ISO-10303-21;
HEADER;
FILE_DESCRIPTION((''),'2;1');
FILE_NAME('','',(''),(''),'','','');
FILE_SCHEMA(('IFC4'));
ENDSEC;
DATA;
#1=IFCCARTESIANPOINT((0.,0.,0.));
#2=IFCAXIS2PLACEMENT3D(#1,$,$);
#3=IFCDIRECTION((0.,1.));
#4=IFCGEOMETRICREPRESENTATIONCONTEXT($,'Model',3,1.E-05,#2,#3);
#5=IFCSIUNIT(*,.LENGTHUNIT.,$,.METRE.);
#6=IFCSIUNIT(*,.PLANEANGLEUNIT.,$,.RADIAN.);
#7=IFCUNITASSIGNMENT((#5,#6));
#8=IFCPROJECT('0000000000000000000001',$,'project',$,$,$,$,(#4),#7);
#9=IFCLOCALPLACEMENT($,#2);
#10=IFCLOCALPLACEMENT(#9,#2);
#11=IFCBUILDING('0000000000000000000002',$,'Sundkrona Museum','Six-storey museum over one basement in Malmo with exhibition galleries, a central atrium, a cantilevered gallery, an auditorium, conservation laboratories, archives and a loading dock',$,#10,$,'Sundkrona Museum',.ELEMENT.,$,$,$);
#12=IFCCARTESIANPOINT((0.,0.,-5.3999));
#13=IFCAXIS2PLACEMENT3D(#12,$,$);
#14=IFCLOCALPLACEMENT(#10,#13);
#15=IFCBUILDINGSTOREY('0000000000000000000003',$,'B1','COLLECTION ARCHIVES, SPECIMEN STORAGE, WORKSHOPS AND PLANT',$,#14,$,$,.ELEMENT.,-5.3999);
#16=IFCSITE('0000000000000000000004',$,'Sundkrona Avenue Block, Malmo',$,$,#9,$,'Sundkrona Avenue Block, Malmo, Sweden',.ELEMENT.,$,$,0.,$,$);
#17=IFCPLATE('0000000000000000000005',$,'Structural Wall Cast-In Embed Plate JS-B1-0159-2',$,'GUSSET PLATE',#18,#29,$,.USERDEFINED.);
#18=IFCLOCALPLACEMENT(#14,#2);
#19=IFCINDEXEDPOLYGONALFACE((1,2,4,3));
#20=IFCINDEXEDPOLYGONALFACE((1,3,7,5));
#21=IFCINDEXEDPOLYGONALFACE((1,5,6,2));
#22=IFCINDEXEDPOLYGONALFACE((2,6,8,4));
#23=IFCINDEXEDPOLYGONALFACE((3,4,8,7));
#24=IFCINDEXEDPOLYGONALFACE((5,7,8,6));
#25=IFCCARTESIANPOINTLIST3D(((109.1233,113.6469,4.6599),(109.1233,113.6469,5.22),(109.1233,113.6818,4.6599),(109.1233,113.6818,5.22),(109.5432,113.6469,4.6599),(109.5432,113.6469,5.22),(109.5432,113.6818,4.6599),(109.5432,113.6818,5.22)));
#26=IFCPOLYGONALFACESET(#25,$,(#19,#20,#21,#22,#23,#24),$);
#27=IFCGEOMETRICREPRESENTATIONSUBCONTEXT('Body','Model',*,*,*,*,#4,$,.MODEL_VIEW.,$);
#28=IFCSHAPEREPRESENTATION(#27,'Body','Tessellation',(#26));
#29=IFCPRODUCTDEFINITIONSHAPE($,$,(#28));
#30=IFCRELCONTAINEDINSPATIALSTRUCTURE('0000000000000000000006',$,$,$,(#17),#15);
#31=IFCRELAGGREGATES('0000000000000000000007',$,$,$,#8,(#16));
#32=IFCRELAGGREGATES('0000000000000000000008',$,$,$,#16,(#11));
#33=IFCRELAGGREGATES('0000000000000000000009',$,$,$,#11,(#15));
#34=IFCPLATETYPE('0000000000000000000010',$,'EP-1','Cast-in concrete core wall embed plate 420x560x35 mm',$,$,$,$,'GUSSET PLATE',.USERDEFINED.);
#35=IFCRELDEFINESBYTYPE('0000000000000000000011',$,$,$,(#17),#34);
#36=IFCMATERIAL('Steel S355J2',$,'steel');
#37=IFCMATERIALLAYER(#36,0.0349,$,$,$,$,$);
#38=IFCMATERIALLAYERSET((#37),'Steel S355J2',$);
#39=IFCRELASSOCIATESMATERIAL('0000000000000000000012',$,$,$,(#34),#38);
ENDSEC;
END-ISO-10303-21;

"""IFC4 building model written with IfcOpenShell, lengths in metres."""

from ifc_helpers import new_model, si_unit, direction, frame, origin, origin_2d, place, context, subcontext, project, spatial, rectangle, extrude, material, layer, layer_set, type_object, element, save


model = new_model("IFC4")

# Units and contexts
model_context = context("Model", 3, precision=1e-05, world=origin(), true_north=direction((0.0, 1.0)))
body_context = subcontext(model_context, "Body", "Model", "MODEL_VIEW")
ifc_project = project(units=[si_unit("LENGTHUNIT", "METRE"), si_unit("PLANEANGLEUNIT", "RADIAN")], contexts=[model_context])

# Site, building, storey
site_placement = place(None, origin())
site = spatial("IfcSite", under=ifc_project, at=site_placement, Name="Sundkrona Avenue Block, Malmo", LongName="Sundkrona Avenue Block, Malmo, Sweden", CompositionType="ELEMENT", RefElevation=0.0)
building_placement = place(site_placement, origin())
building = spatial("IfcBuilding", under=site, at=building_placement, Name="Sundkrona Museum", Description="Six-storey museum over one basement in Malmo with exhibition galleries, a central atrium, a cantilevered gallery, an auditorium, conservation laboratories, archives and a loading dock", LongName="Sundkrona Museum", CompositionType="ELEMENT")
storey_placement = place(building_placement, frame((0.0, 0.0, -5.3999)))
storey = spatial("IfcBuildingStorey", under=building, at=storey_placement, Name="B1", Description="COLLECTION ARCHIVES, SPECIMEN STORAGE, WORKSHOPS AND PLANT", CompositionType="ELEMENT", Elevation=-5.3999)

# Shared definitions
ifc_material_1 = material(Name="Steel S355J2", Category="steel")

# Plate
ifc_layer = layer(ifc_material_1, 0.0349)
ifc_layer_set = layer_set([ifc_layer], Name="Steel S355J2")
plate_type = type_object("IfcPlateType", Name="EP-1", Description="Cast-in concrete core wall embed plate 420x560x35 mm", ElementType="GUSSET PLATE", PredefinedType="USERDEFINED", material=ifc_layer_set)
for number, where, z_axis, x_axis, name in (
    (1, (109.3333, 113.6643, 4.6599), (0.0, 0.0, 1.0), (1.0, 0.0, 0.0), "Structural Wall Cast-In Embed Plate JS-B1-0159-2"),
):
    element("IfcPlate", number, at=place(storey_placement, frame(where, z_axis=z_axis, x_axis=x_axis)), inside=storey, type_object=plate_type, Name=name, ObjectType="GUSSET PLATE", PredefinedType="USERDEFINED", context=body_context, shape_type="SweptSolid", body=[
        extrude(rectangle(XDim=0.4199, YDim=0.0349, at=origin_2d()), origin(), (0.0, 0.0, 1.0), 0.5601),
    ])

save(model, "model.ifc")
